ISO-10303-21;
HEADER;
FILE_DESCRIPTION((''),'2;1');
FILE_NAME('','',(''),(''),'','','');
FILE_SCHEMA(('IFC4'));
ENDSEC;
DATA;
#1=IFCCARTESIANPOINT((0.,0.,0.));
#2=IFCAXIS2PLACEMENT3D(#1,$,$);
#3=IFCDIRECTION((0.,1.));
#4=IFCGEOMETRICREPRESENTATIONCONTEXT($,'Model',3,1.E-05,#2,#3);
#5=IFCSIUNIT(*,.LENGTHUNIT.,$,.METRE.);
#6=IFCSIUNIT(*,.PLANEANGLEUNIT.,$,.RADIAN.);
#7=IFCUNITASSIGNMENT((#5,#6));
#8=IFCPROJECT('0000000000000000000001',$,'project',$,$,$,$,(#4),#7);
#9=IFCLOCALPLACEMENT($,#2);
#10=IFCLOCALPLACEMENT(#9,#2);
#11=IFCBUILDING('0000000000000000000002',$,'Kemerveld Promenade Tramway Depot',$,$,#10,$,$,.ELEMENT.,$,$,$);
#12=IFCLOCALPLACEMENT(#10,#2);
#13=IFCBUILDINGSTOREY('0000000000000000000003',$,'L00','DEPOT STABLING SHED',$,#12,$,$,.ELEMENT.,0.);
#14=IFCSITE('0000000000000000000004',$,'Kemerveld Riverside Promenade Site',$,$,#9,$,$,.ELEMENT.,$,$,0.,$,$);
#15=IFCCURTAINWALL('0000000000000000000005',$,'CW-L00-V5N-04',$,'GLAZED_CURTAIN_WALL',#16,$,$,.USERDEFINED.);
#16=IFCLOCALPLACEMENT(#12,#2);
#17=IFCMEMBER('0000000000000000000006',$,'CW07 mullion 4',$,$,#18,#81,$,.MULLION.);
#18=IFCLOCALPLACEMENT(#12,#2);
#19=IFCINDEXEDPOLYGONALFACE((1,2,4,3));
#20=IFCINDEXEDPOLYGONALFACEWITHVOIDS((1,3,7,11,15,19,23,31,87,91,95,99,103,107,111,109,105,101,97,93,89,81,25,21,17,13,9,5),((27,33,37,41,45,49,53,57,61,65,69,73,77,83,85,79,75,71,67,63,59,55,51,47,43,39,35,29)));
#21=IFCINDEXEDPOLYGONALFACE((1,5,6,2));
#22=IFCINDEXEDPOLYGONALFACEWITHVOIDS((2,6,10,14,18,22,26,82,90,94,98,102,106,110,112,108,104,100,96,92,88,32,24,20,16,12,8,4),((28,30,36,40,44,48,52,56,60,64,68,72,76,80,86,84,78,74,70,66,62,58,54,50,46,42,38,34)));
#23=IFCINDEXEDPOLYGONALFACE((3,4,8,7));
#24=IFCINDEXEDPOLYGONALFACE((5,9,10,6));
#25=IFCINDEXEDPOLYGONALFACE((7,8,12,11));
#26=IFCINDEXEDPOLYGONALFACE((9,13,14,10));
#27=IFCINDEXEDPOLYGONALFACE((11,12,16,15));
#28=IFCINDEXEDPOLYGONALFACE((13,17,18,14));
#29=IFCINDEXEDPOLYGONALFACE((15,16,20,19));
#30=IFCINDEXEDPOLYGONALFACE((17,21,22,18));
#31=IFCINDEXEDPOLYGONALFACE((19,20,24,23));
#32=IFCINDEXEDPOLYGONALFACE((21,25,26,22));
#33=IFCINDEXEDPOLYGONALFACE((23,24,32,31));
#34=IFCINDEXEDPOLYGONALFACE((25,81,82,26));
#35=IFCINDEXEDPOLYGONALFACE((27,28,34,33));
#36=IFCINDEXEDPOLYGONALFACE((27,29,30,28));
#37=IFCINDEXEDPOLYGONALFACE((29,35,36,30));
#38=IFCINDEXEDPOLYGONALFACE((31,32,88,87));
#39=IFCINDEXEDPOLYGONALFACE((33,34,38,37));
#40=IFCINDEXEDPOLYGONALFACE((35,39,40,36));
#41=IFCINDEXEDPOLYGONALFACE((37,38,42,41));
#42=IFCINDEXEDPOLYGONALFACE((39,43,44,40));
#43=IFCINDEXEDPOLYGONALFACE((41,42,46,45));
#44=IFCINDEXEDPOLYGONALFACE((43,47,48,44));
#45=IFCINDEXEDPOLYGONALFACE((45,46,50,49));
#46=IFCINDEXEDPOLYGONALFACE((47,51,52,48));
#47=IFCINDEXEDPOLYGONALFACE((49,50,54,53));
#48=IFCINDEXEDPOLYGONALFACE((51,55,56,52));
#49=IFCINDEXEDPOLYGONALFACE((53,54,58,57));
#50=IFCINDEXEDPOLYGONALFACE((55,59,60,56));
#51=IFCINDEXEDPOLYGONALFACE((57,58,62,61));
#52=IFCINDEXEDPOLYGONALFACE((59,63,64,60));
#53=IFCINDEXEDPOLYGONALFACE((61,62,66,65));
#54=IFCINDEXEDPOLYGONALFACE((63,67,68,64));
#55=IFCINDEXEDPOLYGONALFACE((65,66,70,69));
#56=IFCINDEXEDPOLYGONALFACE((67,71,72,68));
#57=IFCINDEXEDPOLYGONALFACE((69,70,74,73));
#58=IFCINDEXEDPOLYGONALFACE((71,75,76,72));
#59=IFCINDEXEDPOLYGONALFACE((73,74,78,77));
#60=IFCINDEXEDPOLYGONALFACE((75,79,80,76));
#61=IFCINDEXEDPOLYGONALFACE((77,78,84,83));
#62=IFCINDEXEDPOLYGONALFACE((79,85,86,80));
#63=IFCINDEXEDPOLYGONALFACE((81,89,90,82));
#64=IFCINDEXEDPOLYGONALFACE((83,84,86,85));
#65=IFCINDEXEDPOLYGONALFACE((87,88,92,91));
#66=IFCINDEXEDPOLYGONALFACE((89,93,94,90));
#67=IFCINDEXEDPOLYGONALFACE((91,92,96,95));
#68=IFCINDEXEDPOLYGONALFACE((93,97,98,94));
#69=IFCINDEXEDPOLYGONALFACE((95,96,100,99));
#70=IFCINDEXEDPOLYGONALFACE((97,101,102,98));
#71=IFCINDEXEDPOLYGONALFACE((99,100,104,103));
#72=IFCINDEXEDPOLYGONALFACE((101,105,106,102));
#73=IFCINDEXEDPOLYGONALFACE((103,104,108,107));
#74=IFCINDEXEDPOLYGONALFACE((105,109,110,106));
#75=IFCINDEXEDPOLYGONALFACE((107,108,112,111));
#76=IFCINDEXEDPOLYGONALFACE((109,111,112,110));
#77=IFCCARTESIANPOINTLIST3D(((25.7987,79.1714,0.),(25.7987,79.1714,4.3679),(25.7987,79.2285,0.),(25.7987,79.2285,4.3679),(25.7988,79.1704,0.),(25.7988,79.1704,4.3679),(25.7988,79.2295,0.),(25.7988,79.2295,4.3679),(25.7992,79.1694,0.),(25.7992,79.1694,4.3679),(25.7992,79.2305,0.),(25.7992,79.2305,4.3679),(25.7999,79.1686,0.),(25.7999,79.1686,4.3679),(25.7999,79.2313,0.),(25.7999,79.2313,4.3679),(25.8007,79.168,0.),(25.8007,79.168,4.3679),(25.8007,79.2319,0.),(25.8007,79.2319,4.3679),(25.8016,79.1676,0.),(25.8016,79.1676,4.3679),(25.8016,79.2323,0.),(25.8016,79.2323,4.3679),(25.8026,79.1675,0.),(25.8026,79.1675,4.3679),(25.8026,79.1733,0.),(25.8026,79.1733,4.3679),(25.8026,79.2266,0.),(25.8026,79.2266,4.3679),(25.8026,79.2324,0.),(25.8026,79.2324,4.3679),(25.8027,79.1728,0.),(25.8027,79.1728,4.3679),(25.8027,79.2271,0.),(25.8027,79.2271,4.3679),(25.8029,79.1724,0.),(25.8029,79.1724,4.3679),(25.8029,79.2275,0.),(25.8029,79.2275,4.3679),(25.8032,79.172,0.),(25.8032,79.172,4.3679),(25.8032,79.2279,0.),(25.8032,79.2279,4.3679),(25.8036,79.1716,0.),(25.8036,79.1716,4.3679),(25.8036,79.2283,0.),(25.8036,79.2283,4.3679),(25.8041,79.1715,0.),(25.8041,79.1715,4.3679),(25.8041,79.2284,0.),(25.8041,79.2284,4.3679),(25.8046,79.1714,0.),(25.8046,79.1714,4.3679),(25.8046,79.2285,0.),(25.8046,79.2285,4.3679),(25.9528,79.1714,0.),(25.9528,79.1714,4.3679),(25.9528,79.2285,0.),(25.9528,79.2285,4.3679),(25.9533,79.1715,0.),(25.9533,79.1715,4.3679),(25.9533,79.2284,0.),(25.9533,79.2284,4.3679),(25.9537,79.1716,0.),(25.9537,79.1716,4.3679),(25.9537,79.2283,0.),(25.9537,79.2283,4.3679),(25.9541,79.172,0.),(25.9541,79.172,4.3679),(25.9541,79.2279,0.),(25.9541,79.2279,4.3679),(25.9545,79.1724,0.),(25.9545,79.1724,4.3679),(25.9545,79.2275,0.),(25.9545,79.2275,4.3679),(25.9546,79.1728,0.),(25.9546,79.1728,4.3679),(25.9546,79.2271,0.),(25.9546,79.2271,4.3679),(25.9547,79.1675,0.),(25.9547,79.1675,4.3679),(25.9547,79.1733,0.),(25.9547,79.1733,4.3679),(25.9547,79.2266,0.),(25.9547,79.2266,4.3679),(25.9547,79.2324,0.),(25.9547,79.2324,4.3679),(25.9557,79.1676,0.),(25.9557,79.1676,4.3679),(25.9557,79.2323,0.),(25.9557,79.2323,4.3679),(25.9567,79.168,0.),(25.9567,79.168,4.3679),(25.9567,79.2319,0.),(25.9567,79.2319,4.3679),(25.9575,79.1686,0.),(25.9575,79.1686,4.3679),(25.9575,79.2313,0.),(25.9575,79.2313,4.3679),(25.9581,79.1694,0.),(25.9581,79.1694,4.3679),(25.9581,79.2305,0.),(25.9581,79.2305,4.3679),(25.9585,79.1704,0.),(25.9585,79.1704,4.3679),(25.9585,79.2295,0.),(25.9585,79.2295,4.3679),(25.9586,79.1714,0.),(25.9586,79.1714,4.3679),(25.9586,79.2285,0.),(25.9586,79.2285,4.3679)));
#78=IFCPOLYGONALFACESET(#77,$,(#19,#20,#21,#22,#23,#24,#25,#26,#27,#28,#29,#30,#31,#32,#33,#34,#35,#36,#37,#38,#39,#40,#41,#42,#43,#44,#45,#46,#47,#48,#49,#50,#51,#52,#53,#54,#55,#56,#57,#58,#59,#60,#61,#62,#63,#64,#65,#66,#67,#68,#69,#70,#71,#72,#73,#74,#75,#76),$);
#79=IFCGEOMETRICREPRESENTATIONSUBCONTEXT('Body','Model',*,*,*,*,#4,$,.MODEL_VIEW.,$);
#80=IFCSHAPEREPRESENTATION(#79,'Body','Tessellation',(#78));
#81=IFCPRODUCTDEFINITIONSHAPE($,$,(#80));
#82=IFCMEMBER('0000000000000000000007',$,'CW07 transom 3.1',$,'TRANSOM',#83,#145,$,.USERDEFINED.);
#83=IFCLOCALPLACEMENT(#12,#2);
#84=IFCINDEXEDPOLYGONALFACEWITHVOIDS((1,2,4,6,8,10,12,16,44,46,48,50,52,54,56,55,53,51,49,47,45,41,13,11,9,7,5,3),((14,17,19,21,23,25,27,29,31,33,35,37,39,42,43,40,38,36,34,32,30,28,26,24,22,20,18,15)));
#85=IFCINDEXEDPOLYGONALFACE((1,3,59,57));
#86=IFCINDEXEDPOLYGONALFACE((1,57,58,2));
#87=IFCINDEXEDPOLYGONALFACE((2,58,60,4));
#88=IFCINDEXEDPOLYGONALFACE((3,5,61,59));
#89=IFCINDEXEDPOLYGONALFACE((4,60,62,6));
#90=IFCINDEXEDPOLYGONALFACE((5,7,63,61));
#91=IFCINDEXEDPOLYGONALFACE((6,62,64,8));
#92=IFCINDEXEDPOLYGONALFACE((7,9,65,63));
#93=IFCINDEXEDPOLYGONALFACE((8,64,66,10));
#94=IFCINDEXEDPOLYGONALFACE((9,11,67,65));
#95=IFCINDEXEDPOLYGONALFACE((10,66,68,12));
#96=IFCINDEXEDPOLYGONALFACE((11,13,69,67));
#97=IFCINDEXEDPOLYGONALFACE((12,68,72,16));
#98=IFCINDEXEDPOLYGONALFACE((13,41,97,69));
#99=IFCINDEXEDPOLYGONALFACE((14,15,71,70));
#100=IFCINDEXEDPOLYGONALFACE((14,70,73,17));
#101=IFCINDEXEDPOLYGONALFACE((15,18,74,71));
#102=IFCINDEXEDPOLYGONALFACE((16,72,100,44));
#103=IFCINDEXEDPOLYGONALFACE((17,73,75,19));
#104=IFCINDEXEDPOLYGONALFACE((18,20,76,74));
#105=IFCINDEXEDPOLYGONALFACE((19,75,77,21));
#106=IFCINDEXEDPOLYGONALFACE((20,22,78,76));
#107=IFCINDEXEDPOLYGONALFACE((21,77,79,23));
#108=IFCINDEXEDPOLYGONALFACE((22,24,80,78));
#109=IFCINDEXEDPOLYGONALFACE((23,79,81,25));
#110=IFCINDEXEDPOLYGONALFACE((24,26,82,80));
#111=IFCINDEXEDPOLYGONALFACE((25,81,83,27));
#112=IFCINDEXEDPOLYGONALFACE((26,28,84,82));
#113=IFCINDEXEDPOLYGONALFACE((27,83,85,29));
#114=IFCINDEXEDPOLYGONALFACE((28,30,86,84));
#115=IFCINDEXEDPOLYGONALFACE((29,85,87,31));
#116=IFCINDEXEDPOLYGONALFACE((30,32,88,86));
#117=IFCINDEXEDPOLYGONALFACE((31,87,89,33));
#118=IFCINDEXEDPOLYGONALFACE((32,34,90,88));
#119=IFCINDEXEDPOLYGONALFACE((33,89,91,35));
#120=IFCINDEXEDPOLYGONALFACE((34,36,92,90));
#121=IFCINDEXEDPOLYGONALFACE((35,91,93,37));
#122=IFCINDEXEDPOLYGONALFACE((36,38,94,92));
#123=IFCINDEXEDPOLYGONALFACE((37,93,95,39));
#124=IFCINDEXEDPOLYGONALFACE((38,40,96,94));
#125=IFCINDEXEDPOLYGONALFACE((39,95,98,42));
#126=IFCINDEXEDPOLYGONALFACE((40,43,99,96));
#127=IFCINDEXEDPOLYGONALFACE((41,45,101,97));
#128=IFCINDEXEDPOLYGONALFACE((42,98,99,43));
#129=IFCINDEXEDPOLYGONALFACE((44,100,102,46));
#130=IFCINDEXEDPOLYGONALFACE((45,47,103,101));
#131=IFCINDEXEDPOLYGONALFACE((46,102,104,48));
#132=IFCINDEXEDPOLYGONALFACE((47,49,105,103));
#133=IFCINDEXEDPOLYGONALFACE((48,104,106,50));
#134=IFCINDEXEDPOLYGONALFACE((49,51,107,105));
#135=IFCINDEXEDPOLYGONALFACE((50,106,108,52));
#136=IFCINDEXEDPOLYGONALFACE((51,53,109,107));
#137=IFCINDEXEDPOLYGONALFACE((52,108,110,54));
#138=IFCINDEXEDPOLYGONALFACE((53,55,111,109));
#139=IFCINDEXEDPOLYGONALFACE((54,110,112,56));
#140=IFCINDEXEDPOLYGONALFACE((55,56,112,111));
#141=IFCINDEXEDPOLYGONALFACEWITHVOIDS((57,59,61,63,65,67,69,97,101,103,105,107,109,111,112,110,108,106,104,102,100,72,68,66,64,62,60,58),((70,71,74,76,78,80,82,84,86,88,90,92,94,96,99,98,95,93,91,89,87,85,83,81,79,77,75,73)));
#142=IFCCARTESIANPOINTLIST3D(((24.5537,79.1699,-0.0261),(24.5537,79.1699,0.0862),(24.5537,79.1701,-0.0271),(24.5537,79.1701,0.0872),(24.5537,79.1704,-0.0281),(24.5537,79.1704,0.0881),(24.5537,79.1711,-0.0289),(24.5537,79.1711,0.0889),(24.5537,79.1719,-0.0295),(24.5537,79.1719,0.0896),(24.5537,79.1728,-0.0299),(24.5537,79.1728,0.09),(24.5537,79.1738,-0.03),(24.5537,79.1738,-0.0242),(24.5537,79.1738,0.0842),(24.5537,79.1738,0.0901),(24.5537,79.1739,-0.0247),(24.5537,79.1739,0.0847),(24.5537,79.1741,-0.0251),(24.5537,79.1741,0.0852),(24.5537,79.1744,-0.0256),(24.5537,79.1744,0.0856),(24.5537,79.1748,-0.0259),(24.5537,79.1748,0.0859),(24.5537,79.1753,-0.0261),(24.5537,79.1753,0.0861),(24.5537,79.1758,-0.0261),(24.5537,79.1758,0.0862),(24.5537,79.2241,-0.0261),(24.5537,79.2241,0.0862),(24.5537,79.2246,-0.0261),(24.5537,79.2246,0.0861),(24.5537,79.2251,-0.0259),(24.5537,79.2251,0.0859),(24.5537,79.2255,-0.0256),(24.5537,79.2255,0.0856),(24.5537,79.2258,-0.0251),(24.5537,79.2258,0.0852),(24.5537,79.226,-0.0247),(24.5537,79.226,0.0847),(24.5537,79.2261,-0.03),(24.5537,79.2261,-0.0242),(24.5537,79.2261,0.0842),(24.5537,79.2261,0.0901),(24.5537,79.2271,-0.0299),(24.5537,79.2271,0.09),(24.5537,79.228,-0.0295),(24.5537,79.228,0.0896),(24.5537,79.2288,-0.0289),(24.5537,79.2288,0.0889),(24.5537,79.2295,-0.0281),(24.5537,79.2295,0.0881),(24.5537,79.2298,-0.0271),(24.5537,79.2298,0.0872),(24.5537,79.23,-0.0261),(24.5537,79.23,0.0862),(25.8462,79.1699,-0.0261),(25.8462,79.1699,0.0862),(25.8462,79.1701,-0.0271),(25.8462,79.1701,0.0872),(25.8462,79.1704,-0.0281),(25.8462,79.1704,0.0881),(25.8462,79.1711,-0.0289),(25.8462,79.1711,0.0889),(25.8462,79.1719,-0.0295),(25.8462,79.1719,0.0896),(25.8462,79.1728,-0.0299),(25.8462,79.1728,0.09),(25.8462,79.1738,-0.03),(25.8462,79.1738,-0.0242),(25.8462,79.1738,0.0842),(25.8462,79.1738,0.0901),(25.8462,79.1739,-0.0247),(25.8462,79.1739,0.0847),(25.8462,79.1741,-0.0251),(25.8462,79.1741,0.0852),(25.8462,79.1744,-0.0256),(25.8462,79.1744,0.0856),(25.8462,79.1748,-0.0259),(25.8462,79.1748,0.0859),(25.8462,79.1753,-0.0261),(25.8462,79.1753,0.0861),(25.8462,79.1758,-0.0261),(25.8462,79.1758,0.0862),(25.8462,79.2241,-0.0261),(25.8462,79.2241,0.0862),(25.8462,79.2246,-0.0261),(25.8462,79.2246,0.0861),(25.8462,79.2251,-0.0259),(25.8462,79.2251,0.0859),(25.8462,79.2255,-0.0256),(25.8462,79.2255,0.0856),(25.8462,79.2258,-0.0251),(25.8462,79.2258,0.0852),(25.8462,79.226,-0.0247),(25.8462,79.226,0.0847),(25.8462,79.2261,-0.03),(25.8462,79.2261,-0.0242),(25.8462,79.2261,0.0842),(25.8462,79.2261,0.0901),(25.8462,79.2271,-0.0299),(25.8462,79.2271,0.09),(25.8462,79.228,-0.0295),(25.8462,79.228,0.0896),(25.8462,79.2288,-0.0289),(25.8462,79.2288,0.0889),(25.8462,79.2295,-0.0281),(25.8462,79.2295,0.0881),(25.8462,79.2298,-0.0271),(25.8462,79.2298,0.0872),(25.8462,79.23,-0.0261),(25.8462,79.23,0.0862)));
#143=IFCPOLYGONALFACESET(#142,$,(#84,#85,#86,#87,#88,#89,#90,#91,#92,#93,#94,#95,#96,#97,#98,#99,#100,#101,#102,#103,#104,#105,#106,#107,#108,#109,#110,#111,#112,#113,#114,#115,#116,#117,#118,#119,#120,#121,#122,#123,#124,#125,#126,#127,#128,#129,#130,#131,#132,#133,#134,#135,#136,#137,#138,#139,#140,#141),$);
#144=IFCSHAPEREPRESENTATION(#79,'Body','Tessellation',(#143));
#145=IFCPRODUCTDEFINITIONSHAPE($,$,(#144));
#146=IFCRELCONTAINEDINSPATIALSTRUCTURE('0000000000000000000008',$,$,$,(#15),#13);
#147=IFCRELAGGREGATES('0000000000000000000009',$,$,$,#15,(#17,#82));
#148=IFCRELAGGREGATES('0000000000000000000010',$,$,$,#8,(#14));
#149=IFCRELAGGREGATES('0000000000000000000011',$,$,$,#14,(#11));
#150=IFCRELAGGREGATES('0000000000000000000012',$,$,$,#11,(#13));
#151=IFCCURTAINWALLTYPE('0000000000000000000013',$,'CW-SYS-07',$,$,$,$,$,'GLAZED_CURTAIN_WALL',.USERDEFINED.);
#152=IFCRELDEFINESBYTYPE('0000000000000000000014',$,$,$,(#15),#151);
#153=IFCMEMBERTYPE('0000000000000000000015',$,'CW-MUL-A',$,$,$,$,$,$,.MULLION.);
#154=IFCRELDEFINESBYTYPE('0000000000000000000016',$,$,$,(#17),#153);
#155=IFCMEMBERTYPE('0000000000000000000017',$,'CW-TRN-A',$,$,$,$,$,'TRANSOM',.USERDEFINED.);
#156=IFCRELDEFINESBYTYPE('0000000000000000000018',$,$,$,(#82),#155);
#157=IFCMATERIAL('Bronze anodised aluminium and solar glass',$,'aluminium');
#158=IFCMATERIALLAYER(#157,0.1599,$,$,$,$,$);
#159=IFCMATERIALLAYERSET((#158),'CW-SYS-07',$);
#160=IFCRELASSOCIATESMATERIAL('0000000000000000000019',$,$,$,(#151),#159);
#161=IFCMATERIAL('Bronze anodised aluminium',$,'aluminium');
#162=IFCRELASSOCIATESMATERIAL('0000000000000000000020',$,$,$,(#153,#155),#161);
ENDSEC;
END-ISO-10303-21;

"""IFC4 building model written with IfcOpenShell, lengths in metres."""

from ifc_helpers import new_model, si_unit, direction, frame, origin, origin_2d, place, context, subcontext, project, spatial, hollow_rectangle, extrude, material, layer, layer_set, material_profile, profile_set, type_object, element, aggregate, save


model = new_model("IFC4")

# Units and contexts
model_context = context("Model", 3, precision=1e-05, world=origin(), true_north=direction((0.0, 1.0)))
body_context = subcontext(model_context, "Body", "Model", "MODEL_VIEW")
ifc_project = project(units=[si_unit("LENGTHUNIT", "METRE"), si_unit("PLANEANGLEUNIT", "RADIAN")], contexts=[model_context])

# Site, building, storey
site_placement = place(None, origin())
site = spatial("IfcSite", under=ifc_project, at=site_placement, Name="Kemerveld Riverside Promenade Site", CompositionType="ELEMENT", RefElevation=0.0)
building_placement = place(site_placement, origin())
building = spatial("IfcBuilding", under=site, at=building_placement, Name="Kemerveld Promenade Tramway Depot", CompositionType="ELEMENT")
storey_placement = place(building_placement, origin())
storey = spatial("IfcBuildingStorey", under=building, at=storey_placement, Name="L00", Description="DEPOT STABLING SHED", CompositionType="ELEMENT", Elevation=0.0)

# Curtain wall, members
ifc_material_1 = material(Name="Bronze anodised aluminium and solar glass", Category="aluminium")
ifc_layer_1 = layer(ifc_material_1, 0.1599)
ifc_layer_set_1 = layer_set([ifc_layer_1], Name="CW-SYS-07")
curtain_wall_type = type_object("IfcCurtainWallType", Name="CW-SYS-07", ElementType="GLAZED_CURTAIN_WALL", PredefinedType="USERDEFINED", material=ifc_layer_set_1)
curtain_wall_placement = place(storey_placement, origin())
curtain_wall = element("IfcCurtainWall", 1, at=curtain_wall_placement, inside=storey, type_object=curtain_wall_type, Name="CW-L00-V5N-04", ObjectType="GLAZED_CURTAIN_WALL", PredefinedType="USERDEFINED")
ifc_material_2 = material(Name="Bronze anodised aluminium", Category="aluminium")
ifc_material_profile_1 = material_profile(ifc_material_2, hollow_rectangle(XDim=0.0649, YDim=0.1599, WallThickness=0.0039, InnerFilletRadius=0.002, OuterFilletRadius=0.0039, at=origin_2d()), Name="CW-MUL-160x65")
ifc_profile_set_1 = profile_set([ifc_material_profile_1], Name="Bronze anodised aluminium")
member_type_1 = type_object("IfcMemberType", Name="CW-MUL-A", PredefinedType="MULLION", material=ifc_profile_set_1)
member_1_placement = place(storey_placement, frame((25.8787, 79.2, 0.0), z_axis=(0.0, 0.0, 1.0), x_axis=(0.0, 1.0, 0.0)))
member_1 = element("IfcMember", 2, at=member_1_placement, type_object=member_type_1, Name="CW07 mullion 4", PredefinedType="MULLION", context=body_context, shape_type="SweptSolid", body=[
    extrude(hollow_rectangle(XDim=0.0649, YDim=0.1599, WallThickness=0.0039, InnerFilletRadius=0.002, OuterFilletRadius=0.0039, at=origin_2d()), origin(), (0.0, 0.0, 1.0), 4.3679),
])
ifc_material_profile_2 = material_profile(ifc_material_2, hollow_rectangle(XDim=0.0601, YDim=0.1201, WallThickness=0.0039, InnerFilletRadius=0.002, OuterFilletRadius=0.0039, at=origin_2d()), Name="CW-TRN-120x60")
ifc_profile_set_2 = profile_set([ifc_material_profile_2], Name="Bronze anodised aluminium")
member_type_2 = type_object("IfcMemberType", Name="CW-TRN-A", ElementType="TRANSOM", PredefinedType="USERDEFINED", material=ifc_profile_set_2)
member_2_placement = place(storey_placement, frame((24.5537, 79.2, 0.03), z_axis=(1.0, 0.0, 0.0), x_axis=(0.0, 1.0, 0.0)))
member_2 = element("IfcMember", 3, at=member_2_placement, type_object=member_type_2, Name="CW07 transom 3.1", ObjectType="TRANSOM", PredefinedType="USERDEFINED", context=body_context, shape_type="SweptSolid", body=[
    extrude(hollow_rectangle(XDim=0.0601, YDim=0.1201, WallThickness=0.0039, InnerFilletRadius=0.002, OuterFilletRadius=0.0039, at=origin_2d()), origin(), (0.0, 0.0, 1.0), 1.2925),
])
aggregate(curtain_wall, [member_1, member_2])

save(model, "model.ifc")
